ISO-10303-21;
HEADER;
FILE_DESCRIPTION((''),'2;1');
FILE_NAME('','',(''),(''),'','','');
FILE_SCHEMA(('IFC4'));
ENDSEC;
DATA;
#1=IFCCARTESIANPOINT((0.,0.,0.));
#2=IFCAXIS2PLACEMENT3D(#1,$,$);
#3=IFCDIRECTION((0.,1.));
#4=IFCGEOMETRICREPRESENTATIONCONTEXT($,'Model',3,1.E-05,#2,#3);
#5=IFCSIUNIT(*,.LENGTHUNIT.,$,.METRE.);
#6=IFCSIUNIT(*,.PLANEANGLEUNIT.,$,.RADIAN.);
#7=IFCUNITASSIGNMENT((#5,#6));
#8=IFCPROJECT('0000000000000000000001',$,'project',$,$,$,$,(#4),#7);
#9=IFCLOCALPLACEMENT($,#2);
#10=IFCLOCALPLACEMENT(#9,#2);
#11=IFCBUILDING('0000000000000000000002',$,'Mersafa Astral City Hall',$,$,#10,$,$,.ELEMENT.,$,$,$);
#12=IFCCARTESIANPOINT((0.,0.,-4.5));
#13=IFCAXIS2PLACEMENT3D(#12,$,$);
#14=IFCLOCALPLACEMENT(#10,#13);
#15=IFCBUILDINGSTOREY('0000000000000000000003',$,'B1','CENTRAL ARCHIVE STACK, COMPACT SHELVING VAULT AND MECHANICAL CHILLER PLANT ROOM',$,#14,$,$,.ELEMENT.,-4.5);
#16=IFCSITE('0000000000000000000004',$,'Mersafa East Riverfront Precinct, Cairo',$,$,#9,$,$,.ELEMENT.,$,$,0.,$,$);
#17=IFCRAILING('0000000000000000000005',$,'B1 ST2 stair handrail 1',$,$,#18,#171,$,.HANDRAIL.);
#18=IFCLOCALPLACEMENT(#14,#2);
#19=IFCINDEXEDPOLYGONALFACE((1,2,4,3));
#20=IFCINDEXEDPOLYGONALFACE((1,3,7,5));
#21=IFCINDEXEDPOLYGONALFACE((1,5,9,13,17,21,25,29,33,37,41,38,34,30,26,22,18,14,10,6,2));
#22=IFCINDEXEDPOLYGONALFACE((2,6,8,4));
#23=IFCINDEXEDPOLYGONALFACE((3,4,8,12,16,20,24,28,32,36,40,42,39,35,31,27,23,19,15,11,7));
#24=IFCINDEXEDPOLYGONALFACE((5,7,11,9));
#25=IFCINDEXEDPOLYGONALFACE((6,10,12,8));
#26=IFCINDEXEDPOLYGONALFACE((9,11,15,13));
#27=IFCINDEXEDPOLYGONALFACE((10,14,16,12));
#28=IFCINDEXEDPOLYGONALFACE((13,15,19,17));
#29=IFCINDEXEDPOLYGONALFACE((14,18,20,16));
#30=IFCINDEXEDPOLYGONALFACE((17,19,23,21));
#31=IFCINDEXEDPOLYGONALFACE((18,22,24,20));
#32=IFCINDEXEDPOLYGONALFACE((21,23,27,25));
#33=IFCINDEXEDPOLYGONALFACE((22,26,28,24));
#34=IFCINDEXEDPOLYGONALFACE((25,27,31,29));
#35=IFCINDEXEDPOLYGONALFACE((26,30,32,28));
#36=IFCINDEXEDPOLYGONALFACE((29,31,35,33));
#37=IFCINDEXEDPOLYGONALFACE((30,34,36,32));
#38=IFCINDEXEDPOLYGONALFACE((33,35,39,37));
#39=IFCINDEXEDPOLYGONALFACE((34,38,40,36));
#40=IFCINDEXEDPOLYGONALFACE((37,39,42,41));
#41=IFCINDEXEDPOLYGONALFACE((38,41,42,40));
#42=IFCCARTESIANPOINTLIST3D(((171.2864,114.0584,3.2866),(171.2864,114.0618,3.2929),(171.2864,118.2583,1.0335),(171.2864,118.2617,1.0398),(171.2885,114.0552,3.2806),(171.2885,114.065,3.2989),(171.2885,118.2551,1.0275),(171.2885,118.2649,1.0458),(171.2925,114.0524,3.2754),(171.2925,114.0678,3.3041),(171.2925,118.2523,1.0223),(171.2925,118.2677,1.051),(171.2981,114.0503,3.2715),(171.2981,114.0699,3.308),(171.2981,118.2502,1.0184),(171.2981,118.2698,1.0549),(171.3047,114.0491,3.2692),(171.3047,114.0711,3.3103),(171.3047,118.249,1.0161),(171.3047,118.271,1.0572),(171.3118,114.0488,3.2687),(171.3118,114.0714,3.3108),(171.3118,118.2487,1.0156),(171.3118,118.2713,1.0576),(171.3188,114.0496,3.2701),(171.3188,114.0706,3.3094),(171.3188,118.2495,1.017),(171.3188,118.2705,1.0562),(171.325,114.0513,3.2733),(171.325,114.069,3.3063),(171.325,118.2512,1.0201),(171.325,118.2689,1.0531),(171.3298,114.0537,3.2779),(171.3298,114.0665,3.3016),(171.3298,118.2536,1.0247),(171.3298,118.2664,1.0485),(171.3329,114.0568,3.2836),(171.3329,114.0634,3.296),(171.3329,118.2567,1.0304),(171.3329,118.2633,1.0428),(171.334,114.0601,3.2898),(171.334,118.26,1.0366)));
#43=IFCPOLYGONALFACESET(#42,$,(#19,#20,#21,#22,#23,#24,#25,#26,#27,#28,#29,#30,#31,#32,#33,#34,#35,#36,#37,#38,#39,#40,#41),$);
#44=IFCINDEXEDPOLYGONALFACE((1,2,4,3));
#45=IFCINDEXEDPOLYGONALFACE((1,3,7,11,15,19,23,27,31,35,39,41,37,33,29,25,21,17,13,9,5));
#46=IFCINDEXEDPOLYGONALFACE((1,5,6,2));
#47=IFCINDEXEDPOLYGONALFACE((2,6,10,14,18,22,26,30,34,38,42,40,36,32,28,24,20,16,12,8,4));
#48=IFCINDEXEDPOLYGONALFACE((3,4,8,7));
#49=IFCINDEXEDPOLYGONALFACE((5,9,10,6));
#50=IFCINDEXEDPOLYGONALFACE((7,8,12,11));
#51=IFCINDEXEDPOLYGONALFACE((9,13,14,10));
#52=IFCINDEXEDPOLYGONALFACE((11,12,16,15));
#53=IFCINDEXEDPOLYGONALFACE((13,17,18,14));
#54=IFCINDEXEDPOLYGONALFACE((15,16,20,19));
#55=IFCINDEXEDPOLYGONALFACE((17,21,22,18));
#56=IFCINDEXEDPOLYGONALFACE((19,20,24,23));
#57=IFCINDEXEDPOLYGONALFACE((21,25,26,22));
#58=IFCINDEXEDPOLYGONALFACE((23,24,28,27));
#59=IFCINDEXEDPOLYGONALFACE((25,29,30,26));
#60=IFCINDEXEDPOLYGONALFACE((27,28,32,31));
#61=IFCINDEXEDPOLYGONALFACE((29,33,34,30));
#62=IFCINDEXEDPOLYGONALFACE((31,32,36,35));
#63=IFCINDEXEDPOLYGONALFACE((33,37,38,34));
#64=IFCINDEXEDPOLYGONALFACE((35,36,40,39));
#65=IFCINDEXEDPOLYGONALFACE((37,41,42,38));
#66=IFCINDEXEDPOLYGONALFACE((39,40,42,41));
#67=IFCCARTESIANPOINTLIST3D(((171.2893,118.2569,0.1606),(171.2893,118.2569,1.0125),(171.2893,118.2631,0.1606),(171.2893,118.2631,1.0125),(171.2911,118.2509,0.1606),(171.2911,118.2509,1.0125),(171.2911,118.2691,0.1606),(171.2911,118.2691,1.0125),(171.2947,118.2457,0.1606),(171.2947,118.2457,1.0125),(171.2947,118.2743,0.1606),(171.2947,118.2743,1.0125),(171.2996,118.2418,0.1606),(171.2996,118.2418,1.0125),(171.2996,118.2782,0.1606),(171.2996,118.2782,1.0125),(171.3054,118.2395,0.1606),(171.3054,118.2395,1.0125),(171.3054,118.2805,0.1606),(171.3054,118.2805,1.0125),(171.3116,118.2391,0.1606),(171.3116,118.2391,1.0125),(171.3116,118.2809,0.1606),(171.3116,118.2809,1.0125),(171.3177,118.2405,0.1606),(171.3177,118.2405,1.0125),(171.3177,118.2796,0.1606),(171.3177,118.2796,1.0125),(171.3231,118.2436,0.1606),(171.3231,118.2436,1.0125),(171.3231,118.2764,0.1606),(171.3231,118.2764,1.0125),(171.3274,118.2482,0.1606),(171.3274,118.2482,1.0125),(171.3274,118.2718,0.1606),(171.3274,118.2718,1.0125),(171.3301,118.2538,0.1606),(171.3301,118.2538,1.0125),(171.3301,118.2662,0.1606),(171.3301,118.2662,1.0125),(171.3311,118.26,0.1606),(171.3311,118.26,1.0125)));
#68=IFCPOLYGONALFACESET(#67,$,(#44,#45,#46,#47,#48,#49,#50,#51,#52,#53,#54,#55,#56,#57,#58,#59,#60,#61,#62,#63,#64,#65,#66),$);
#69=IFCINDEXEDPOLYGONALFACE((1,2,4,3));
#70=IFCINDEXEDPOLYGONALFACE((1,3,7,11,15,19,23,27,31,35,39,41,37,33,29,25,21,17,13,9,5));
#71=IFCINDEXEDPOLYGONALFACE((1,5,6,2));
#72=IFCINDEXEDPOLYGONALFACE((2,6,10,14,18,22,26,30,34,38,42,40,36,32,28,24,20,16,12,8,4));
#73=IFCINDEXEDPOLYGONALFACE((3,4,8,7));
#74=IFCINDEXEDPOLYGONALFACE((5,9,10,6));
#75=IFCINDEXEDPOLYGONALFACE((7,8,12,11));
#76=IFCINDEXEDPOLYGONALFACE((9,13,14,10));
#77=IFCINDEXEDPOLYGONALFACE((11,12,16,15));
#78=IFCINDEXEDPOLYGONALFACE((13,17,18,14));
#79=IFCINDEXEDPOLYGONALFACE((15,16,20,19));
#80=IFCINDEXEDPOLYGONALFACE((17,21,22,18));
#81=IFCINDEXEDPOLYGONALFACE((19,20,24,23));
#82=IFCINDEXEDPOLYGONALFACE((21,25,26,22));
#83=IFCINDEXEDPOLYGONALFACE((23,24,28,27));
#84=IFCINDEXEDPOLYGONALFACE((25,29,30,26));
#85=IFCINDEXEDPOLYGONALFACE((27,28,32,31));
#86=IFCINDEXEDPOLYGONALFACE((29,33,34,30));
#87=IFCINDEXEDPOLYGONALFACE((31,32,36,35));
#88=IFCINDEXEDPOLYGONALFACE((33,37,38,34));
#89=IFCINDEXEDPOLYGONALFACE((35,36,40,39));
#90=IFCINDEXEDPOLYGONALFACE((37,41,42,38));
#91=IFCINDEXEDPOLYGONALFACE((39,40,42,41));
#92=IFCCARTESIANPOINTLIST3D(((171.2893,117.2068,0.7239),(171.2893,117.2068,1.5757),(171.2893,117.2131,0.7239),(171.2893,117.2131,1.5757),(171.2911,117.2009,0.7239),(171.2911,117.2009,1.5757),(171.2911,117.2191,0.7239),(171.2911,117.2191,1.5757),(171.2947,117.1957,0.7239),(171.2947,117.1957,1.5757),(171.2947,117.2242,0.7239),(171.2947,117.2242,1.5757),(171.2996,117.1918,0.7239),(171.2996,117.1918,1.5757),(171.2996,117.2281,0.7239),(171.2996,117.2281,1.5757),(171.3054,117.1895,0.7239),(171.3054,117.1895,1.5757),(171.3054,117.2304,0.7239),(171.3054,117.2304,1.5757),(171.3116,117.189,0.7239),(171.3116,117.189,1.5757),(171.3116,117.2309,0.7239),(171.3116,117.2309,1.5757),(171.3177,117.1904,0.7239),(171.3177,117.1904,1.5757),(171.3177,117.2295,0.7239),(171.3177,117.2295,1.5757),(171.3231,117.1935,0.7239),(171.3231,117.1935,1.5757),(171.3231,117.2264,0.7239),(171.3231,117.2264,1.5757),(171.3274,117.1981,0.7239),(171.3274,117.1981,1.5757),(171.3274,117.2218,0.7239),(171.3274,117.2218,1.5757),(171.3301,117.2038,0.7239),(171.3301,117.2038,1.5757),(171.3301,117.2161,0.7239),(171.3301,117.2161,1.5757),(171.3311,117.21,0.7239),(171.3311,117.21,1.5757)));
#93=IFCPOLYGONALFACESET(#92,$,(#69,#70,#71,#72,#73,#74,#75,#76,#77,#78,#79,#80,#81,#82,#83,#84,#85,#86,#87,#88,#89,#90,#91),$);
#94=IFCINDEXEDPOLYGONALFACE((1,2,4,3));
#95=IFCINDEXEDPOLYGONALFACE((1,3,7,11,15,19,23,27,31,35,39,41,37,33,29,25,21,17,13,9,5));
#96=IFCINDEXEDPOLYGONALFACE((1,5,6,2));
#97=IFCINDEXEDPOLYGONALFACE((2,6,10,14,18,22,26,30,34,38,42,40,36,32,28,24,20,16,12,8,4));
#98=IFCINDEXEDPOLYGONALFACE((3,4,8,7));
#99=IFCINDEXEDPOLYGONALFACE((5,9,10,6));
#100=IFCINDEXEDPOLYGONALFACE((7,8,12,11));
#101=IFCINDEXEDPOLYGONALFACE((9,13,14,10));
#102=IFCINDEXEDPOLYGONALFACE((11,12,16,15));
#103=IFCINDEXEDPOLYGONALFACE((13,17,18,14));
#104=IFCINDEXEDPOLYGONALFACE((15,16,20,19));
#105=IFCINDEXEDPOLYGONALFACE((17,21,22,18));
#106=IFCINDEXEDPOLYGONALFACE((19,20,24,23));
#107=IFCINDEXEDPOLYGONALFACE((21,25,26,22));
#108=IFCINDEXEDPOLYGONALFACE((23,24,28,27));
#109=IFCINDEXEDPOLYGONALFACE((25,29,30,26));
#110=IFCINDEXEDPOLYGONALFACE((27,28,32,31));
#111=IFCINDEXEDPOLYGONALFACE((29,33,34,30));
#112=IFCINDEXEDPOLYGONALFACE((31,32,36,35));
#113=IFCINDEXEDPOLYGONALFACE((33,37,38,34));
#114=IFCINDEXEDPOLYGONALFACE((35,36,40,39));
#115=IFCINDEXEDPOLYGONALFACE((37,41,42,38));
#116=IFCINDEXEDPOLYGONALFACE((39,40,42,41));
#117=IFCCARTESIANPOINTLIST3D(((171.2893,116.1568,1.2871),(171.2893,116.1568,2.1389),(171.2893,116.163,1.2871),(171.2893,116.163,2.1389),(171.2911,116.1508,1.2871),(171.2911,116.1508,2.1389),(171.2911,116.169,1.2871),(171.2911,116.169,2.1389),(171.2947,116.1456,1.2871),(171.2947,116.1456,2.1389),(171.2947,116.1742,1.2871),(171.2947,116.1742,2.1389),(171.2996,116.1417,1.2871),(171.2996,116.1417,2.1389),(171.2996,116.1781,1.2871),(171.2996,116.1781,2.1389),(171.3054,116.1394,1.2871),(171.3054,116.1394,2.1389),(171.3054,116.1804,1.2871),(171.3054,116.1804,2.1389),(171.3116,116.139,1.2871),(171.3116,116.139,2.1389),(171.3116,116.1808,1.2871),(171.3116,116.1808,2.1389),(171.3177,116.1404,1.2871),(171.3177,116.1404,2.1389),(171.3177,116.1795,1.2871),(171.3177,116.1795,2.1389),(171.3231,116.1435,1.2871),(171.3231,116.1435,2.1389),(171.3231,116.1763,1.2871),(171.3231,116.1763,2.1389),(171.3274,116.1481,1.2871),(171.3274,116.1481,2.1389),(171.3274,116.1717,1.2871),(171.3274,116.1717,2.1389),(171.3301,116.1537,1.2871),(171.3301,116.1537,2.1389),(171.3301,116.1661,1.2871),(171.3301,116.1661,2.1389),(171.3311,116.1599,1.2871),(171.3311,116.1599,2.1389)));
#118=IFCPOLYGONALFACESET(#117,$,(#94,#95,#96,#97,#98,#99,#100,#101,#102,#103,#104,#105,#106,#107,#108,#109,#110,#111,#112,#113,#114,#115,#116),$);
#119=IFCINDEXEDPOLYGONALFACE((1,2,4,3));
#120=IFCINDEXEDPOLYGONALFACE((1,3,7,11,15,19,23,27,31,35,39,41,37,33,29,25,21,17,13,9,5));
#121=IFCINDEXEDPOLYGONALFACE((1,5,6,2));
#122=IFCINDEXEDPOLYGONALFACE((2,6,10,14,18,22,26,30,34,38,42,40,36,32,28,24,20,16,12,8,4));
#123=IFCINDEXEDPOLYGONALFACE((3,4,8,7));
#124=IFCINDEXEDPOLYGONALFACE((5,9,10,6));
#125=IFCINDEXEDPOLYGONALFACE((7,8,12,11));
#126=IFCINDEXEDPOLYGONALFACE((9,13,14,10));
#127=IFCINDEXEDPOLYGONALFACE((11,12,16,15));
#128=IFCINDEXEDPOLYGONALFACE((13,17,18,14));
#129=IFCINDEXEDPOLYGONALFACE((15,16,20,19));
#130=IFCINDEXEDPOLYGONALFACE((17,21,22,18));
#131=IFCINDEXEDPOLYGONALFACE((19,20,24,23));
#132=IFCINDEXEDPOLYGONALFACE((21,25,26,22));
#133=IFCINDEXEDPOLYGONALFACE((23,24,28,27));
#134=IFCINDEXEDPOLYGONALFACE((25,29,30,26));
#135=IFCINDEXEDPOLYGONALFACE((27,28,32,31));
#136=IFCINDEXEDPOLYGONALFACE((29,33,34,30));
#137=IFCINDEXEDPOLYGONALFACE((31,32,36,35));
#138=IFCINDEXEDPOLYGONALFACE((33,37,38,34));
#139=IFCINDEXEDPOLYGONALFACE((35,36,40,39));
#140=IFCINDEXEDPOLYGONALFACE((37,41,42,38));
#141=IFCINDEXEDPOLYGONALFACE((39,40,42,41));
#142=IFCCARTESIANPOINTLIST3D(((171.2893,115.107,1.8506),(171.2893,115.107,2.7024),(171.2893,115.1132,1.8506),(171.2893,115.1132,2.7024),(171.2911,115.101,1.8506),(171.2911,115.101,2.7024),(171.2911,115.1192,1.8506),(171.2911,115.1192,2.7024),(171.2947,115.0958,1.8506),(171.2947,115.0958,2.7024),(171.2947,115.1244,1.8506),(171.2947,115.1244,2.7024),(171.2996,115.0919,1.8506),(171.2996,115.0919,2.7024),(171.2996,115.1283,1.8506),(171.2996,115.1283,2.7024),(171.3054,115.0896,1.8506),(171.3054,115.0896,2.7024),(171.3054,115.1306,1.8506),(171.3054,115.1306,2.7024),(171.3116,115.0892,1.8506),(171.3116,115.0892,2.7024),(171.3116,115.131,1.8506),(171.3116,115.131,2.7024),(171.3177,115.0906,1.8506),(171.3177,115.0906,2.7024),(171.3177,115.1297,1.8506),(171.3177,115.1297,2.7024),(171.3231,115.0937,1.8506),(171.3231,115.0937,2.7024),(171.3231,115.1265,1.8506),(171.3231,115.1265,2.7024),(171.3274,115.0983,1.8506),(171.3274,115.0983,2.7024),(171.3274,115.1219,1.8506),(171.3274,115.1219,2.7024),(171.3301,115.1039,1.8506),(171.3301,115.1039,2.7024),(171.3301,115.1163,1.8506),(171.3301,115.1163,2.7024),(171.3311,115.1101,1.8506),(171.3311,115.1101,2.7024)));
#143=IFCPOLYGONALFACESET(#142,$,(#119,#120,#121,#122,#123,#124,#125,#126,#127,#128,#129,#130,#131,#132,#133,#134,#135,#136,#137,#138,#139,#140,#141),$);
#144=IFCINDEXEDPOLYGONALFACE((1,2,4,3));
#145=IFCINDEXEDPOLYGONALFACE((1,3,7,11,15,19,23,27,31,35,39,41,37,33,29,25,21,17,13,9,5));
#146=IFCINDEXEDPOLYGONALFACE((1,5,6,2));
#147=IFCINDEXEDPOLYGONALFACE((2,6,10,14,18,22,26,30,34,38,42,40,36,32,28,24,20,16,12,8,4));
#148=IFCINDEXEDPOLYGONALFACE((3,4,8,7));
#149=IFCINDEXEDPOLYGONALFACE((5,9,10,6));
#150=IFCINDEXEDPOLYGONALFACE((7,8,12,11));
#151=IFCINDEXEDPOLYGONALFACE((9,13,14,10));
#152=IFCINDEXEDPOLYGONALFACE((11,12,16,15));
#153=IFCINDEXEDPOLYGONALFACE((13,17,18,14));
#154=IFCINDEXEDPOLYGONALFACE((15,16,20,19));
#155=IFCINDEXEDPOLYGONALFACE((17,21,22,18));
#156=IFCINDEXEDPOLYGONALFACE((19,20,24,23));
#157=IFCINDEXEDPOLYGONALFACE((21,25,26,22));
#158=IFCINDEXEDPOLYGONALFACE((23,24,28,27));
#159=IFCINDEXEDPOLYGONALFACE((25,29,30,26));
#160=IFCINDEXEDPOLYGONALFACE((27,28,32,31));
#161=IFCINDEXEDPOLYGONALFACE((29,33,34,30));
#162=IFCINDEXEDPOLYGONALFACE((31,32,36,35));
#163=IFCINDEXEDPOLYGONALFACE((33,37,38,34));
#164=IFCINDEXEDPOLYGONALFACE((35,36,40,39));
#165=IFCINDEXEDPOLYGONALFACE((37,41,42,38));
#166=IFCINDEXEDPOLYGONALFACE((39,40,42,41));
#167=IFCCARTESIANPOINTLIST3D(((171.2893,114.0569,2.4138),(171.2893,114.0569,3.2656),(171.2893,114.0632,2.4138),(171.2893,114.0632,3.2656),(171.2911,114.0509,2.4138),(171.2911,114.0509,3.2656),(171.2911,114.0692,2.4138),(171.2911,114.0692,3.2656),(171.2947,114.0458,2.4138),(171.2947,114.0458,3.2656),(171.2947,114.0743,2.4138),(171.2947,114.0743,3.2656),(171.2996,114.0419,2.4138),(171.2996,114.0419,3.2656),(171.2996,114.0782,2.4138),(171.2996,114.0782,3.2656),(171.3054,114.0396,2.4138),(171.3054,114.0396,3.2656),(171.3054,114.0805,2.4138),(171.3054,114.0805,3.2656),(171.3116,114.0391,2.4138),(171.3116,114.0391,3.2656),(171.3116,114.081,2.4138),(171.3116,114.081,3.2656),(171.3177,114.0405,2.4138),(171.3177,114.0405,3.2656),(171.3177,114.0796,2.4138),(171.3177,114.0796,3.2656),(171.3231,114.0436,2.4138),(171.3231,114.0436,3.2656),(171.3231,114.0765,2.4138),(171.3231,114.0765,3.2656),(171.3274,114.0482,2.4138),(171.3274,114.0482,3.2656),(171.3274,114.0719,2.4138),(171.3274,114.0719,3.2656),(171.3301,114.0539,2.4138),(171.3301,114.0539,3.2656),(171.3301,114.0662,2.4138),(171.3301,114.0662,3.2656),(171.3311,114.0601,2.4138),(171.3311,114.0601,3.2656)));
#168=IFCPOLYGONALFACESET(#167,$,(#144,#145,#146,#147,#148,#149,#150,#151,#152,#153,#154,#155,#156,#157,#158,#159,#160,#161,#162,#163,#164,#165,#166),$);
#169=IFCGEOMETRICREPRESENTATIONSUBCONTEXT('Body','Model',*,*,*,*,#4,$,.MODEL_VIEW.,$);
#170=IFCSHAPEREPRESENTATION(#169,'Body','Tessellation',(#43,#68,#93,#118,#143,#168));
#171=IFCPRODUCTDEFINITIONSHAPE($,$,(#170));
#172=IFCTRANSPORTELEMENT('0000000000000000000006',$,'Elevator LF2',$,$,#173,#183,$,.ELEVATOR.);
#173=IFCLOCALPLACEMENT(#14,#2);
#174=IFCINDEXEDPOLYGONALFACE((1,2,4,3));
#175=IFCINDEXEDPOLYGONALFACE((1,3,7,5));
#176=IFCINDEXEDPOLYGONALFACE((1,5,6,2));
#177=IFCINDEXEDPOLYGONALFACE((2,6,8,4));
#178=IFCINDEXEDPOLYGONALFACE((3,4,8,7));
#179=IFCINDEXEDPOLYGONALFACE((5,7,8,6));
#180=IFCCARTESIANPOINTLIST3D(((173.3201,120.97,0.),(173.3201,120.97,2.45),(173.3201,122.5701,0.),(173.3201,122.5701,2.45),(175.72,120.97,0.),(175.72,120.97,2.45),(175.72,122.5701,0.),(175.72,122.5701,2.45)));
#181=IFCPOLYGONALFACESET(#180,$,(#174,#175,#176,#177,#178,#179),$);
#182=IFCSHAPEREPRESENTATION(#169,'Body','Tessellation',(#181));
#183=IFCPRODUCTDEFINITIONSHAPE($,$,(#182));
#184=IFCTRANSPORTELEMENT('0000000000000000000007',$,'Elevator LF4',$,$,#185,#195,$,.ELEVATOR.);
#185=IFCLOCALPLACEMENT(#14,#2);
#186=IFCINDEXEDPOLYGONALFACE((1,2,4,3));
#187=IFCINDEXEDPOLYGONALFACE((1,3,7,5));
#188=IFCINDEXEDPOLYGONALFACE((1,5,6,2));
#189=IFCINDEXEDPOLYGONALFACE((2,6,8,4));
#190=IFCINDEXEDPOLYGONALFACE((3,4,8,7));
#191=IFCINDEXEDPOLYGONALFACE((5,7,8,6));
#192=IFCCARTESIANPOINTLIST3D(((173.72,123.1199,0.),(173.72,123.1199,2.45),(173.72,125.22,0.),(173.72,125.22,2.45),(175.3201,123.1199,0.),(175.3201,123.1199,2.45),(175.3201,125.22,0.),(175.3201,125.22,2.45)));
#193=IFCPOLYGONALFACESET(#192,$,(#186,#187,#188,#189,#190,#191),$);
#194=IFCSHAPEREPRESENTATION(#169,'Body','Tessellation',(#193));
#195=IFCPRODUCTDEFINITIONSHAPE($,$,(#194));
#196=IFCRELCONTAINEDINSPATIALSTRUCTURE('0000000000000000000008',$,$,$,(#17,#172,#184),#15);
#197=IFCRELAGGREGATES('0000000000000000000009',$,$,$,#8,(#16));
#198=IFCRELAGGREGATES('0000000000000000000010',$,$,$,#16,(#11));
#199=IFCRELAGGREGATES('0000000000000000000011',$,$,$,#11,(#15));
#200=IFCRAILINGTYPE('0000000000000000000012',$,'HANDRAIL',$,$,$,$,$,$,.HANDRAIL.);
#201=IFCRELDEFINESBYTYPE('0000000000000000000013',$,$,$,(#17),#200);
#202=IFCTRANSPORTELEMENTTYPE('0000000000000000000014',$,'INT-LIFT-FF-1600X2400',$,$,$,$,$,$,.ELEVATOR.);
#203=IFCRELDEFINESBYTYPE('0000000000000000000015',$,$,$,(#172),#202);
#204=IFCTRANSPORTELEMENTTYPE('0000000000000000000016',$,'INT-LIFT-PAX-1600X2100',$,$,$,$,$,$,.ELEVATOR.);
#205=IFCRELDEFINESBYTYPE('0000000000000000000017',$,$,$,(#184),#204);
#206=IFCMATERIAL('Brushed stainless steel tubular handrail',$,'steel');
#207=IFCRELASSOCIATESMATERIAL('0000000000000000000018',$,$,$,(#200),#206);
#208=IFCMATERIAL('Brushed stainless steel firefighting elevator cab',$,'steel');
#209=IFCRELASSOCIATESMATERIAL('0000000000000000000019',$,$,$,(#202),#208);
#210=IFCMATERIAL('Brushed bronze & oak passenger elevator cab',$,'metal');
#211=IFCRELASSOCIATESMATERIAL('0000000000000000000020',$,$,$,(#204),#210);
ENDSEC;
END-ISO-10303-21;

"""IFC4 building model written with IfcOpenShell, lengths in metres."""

from ifc_helpers import new_model, si_unit, direction, frame, origin, origin_2d, place, context, subcontext, project, spatial, rectangle, circle, extrude, material, type_object, element, save


model = new_model("IFC4")

# Units and contexts
model_context = context("Model", 3, precision=1e-05, world=origin(), true_north=direction((0.0, 1.0)))
body_context = subcontext(model_context, "Body", "Model", "MODEL_VIEW")
ifc_project = project(units=[si_unit("LENGTHUNIT", "METRE"), si_unit("PLANEANGLEUNIT", "RADIAN")], contexts=[model_context])

# Site, building, storey
site_placement = place(None, origin())
site = spatial("IfcSite", under=ifc_project, at=site_placement, Name="Mersafa East Riverfront Precinct, Cairo", CompositionType="ELEMENT", RefElevation=0.0)
building_placement = place(site_placement, origin())
building = spatial("IfcBuilding", under=site, at=building_placement, Name="Mersafa Astral City Hall", CompositionType="ELEMENT")
storey_placement = place(building_placement, frame((0.0, 0.0, -4.5)))
storey = spatial("IfcBuildingStorey", under=building, at=storey_placement, Name="B1", Description="CENTRAL ARCHIVE STACK, COMPACT SHELVING VAULT AND MECHANICAL CHILLER PLANT ROOM", CompositionType="ELEMENT", Elevation=-4.5)

# Railing
ifc_material_1 = material(Name="Brushed stainless steel tubular handrail", Category="steel")
railing_type_1 = type_object("IfcRailingType", Name="HANDRAIL", PredefinedType="HANDRAIL", material=ifc_material_1)
railing_1_placement = place(storey_placement, frame((171.3101, 118.26, 0.1606)))
element("IfcRailing", 1, at=railing_1_placement, inside=storey, type_object=railing_type_1, Name="B1 ST2 stair handrail 1", PredefinedType="HANDRAIL", context=body_context, shape_type="SweptSolid", body=[
    extrude(circle(Radius=0.0239, at=origin_2d()), frame((0.0, 0.0, 0.876), z_axis=(0.0, -0.8812, 0.472743), x_axis=(1.0, 0.0, 0.0)), (0.0, 0.0, 1.0), 4.7661),
    extrude(circle(Radius=0.021, at=origin_2d()), origin(), (0.0, 0.0, 1.0), 0.8518),
    extrude(circle(Radius=0.021, at=origin_2d()), frame((0.0, -1.05, 0.5632)), (0.0, 0.0, 1.0), 0.8518),
    extrude(circle(Radius=0.021, at=origin_2d()), frame((0.0, -2.1001, 1.1265)), (0.0, 0.0, 1.0), 0.8518),
    extrude(circle(Radius=0.021, at=origin_2d()), frame((0.0, -3.1499, 1.6899)), (0.0, 0.0, 1.0), 0.8518),
    extrude(circle(Radius=0.021, at=origin_2d()), frame((0.0, -4.2, 2.2532)), (0.0, 0.0, 1.0), 0.8518),
])

# Transport elements
ifc_material_2 = material(Name="Brushed stainless steel firefighting elevator cab", Category="steel")
transport_element_type_1 = type_object("IfcTransportElementType", Name="INT-LIFT-FF-1600X2400", PredefinedType="ELEVATOR", material=ifc_material_2)
transport_element_1_placement = place(storey_placement, frame((174.52, 121.77, 0.0), z_axis=(0.0, 0.0, 1.0), x_axis=(1.0, 0.0, 0.0)))
element("IfcTransportElement", 2, at=transport_element_1_placement, inside=storey, type_object=transport_element_type_1, Name="Elevator LF2", PredefinedType="ELEVATOR", context=body_context, shape_type="SweptSolid", body=[
    extrude(rectangle(XDim=2.3999, YDim=1.6001, at=origin_2d()), origin(), (0.0, 0.0, 1.0), 2.45),
])
ifc_material_3 = material(Name="Brushed bronze & oak passenger elevator cab", Category="metal")
transport_element_type_2 = type_object("IfcTransportElementType", Name="INT-LIFT-PAX-1600X2100", PredefinedType="ELEVATOR", material=ifc_material_3)
transport_element_2_placement = place(storey_placement, frame((174.52, 124.1699, 0.0), z_axis=(0.0, 0.0, 1.0), x_axis=(1.0, 0.0, 0.0)))
element("IfcTransportElement", 3, at=transport_element_2_placement, inside=storey, type_object=transport_element_type_2, Name="Elevator LF4", PredefinedType="ELEVATOR", context=body_context, shape_type="SweptSolid", body=[
    extrude(rectangle(XDim=1.6001, YDim=2.1001, at=origin_2d()), origin(), (0.0, 0.0, 1.0), 2.45),
])

save(model, "model.ifc")
